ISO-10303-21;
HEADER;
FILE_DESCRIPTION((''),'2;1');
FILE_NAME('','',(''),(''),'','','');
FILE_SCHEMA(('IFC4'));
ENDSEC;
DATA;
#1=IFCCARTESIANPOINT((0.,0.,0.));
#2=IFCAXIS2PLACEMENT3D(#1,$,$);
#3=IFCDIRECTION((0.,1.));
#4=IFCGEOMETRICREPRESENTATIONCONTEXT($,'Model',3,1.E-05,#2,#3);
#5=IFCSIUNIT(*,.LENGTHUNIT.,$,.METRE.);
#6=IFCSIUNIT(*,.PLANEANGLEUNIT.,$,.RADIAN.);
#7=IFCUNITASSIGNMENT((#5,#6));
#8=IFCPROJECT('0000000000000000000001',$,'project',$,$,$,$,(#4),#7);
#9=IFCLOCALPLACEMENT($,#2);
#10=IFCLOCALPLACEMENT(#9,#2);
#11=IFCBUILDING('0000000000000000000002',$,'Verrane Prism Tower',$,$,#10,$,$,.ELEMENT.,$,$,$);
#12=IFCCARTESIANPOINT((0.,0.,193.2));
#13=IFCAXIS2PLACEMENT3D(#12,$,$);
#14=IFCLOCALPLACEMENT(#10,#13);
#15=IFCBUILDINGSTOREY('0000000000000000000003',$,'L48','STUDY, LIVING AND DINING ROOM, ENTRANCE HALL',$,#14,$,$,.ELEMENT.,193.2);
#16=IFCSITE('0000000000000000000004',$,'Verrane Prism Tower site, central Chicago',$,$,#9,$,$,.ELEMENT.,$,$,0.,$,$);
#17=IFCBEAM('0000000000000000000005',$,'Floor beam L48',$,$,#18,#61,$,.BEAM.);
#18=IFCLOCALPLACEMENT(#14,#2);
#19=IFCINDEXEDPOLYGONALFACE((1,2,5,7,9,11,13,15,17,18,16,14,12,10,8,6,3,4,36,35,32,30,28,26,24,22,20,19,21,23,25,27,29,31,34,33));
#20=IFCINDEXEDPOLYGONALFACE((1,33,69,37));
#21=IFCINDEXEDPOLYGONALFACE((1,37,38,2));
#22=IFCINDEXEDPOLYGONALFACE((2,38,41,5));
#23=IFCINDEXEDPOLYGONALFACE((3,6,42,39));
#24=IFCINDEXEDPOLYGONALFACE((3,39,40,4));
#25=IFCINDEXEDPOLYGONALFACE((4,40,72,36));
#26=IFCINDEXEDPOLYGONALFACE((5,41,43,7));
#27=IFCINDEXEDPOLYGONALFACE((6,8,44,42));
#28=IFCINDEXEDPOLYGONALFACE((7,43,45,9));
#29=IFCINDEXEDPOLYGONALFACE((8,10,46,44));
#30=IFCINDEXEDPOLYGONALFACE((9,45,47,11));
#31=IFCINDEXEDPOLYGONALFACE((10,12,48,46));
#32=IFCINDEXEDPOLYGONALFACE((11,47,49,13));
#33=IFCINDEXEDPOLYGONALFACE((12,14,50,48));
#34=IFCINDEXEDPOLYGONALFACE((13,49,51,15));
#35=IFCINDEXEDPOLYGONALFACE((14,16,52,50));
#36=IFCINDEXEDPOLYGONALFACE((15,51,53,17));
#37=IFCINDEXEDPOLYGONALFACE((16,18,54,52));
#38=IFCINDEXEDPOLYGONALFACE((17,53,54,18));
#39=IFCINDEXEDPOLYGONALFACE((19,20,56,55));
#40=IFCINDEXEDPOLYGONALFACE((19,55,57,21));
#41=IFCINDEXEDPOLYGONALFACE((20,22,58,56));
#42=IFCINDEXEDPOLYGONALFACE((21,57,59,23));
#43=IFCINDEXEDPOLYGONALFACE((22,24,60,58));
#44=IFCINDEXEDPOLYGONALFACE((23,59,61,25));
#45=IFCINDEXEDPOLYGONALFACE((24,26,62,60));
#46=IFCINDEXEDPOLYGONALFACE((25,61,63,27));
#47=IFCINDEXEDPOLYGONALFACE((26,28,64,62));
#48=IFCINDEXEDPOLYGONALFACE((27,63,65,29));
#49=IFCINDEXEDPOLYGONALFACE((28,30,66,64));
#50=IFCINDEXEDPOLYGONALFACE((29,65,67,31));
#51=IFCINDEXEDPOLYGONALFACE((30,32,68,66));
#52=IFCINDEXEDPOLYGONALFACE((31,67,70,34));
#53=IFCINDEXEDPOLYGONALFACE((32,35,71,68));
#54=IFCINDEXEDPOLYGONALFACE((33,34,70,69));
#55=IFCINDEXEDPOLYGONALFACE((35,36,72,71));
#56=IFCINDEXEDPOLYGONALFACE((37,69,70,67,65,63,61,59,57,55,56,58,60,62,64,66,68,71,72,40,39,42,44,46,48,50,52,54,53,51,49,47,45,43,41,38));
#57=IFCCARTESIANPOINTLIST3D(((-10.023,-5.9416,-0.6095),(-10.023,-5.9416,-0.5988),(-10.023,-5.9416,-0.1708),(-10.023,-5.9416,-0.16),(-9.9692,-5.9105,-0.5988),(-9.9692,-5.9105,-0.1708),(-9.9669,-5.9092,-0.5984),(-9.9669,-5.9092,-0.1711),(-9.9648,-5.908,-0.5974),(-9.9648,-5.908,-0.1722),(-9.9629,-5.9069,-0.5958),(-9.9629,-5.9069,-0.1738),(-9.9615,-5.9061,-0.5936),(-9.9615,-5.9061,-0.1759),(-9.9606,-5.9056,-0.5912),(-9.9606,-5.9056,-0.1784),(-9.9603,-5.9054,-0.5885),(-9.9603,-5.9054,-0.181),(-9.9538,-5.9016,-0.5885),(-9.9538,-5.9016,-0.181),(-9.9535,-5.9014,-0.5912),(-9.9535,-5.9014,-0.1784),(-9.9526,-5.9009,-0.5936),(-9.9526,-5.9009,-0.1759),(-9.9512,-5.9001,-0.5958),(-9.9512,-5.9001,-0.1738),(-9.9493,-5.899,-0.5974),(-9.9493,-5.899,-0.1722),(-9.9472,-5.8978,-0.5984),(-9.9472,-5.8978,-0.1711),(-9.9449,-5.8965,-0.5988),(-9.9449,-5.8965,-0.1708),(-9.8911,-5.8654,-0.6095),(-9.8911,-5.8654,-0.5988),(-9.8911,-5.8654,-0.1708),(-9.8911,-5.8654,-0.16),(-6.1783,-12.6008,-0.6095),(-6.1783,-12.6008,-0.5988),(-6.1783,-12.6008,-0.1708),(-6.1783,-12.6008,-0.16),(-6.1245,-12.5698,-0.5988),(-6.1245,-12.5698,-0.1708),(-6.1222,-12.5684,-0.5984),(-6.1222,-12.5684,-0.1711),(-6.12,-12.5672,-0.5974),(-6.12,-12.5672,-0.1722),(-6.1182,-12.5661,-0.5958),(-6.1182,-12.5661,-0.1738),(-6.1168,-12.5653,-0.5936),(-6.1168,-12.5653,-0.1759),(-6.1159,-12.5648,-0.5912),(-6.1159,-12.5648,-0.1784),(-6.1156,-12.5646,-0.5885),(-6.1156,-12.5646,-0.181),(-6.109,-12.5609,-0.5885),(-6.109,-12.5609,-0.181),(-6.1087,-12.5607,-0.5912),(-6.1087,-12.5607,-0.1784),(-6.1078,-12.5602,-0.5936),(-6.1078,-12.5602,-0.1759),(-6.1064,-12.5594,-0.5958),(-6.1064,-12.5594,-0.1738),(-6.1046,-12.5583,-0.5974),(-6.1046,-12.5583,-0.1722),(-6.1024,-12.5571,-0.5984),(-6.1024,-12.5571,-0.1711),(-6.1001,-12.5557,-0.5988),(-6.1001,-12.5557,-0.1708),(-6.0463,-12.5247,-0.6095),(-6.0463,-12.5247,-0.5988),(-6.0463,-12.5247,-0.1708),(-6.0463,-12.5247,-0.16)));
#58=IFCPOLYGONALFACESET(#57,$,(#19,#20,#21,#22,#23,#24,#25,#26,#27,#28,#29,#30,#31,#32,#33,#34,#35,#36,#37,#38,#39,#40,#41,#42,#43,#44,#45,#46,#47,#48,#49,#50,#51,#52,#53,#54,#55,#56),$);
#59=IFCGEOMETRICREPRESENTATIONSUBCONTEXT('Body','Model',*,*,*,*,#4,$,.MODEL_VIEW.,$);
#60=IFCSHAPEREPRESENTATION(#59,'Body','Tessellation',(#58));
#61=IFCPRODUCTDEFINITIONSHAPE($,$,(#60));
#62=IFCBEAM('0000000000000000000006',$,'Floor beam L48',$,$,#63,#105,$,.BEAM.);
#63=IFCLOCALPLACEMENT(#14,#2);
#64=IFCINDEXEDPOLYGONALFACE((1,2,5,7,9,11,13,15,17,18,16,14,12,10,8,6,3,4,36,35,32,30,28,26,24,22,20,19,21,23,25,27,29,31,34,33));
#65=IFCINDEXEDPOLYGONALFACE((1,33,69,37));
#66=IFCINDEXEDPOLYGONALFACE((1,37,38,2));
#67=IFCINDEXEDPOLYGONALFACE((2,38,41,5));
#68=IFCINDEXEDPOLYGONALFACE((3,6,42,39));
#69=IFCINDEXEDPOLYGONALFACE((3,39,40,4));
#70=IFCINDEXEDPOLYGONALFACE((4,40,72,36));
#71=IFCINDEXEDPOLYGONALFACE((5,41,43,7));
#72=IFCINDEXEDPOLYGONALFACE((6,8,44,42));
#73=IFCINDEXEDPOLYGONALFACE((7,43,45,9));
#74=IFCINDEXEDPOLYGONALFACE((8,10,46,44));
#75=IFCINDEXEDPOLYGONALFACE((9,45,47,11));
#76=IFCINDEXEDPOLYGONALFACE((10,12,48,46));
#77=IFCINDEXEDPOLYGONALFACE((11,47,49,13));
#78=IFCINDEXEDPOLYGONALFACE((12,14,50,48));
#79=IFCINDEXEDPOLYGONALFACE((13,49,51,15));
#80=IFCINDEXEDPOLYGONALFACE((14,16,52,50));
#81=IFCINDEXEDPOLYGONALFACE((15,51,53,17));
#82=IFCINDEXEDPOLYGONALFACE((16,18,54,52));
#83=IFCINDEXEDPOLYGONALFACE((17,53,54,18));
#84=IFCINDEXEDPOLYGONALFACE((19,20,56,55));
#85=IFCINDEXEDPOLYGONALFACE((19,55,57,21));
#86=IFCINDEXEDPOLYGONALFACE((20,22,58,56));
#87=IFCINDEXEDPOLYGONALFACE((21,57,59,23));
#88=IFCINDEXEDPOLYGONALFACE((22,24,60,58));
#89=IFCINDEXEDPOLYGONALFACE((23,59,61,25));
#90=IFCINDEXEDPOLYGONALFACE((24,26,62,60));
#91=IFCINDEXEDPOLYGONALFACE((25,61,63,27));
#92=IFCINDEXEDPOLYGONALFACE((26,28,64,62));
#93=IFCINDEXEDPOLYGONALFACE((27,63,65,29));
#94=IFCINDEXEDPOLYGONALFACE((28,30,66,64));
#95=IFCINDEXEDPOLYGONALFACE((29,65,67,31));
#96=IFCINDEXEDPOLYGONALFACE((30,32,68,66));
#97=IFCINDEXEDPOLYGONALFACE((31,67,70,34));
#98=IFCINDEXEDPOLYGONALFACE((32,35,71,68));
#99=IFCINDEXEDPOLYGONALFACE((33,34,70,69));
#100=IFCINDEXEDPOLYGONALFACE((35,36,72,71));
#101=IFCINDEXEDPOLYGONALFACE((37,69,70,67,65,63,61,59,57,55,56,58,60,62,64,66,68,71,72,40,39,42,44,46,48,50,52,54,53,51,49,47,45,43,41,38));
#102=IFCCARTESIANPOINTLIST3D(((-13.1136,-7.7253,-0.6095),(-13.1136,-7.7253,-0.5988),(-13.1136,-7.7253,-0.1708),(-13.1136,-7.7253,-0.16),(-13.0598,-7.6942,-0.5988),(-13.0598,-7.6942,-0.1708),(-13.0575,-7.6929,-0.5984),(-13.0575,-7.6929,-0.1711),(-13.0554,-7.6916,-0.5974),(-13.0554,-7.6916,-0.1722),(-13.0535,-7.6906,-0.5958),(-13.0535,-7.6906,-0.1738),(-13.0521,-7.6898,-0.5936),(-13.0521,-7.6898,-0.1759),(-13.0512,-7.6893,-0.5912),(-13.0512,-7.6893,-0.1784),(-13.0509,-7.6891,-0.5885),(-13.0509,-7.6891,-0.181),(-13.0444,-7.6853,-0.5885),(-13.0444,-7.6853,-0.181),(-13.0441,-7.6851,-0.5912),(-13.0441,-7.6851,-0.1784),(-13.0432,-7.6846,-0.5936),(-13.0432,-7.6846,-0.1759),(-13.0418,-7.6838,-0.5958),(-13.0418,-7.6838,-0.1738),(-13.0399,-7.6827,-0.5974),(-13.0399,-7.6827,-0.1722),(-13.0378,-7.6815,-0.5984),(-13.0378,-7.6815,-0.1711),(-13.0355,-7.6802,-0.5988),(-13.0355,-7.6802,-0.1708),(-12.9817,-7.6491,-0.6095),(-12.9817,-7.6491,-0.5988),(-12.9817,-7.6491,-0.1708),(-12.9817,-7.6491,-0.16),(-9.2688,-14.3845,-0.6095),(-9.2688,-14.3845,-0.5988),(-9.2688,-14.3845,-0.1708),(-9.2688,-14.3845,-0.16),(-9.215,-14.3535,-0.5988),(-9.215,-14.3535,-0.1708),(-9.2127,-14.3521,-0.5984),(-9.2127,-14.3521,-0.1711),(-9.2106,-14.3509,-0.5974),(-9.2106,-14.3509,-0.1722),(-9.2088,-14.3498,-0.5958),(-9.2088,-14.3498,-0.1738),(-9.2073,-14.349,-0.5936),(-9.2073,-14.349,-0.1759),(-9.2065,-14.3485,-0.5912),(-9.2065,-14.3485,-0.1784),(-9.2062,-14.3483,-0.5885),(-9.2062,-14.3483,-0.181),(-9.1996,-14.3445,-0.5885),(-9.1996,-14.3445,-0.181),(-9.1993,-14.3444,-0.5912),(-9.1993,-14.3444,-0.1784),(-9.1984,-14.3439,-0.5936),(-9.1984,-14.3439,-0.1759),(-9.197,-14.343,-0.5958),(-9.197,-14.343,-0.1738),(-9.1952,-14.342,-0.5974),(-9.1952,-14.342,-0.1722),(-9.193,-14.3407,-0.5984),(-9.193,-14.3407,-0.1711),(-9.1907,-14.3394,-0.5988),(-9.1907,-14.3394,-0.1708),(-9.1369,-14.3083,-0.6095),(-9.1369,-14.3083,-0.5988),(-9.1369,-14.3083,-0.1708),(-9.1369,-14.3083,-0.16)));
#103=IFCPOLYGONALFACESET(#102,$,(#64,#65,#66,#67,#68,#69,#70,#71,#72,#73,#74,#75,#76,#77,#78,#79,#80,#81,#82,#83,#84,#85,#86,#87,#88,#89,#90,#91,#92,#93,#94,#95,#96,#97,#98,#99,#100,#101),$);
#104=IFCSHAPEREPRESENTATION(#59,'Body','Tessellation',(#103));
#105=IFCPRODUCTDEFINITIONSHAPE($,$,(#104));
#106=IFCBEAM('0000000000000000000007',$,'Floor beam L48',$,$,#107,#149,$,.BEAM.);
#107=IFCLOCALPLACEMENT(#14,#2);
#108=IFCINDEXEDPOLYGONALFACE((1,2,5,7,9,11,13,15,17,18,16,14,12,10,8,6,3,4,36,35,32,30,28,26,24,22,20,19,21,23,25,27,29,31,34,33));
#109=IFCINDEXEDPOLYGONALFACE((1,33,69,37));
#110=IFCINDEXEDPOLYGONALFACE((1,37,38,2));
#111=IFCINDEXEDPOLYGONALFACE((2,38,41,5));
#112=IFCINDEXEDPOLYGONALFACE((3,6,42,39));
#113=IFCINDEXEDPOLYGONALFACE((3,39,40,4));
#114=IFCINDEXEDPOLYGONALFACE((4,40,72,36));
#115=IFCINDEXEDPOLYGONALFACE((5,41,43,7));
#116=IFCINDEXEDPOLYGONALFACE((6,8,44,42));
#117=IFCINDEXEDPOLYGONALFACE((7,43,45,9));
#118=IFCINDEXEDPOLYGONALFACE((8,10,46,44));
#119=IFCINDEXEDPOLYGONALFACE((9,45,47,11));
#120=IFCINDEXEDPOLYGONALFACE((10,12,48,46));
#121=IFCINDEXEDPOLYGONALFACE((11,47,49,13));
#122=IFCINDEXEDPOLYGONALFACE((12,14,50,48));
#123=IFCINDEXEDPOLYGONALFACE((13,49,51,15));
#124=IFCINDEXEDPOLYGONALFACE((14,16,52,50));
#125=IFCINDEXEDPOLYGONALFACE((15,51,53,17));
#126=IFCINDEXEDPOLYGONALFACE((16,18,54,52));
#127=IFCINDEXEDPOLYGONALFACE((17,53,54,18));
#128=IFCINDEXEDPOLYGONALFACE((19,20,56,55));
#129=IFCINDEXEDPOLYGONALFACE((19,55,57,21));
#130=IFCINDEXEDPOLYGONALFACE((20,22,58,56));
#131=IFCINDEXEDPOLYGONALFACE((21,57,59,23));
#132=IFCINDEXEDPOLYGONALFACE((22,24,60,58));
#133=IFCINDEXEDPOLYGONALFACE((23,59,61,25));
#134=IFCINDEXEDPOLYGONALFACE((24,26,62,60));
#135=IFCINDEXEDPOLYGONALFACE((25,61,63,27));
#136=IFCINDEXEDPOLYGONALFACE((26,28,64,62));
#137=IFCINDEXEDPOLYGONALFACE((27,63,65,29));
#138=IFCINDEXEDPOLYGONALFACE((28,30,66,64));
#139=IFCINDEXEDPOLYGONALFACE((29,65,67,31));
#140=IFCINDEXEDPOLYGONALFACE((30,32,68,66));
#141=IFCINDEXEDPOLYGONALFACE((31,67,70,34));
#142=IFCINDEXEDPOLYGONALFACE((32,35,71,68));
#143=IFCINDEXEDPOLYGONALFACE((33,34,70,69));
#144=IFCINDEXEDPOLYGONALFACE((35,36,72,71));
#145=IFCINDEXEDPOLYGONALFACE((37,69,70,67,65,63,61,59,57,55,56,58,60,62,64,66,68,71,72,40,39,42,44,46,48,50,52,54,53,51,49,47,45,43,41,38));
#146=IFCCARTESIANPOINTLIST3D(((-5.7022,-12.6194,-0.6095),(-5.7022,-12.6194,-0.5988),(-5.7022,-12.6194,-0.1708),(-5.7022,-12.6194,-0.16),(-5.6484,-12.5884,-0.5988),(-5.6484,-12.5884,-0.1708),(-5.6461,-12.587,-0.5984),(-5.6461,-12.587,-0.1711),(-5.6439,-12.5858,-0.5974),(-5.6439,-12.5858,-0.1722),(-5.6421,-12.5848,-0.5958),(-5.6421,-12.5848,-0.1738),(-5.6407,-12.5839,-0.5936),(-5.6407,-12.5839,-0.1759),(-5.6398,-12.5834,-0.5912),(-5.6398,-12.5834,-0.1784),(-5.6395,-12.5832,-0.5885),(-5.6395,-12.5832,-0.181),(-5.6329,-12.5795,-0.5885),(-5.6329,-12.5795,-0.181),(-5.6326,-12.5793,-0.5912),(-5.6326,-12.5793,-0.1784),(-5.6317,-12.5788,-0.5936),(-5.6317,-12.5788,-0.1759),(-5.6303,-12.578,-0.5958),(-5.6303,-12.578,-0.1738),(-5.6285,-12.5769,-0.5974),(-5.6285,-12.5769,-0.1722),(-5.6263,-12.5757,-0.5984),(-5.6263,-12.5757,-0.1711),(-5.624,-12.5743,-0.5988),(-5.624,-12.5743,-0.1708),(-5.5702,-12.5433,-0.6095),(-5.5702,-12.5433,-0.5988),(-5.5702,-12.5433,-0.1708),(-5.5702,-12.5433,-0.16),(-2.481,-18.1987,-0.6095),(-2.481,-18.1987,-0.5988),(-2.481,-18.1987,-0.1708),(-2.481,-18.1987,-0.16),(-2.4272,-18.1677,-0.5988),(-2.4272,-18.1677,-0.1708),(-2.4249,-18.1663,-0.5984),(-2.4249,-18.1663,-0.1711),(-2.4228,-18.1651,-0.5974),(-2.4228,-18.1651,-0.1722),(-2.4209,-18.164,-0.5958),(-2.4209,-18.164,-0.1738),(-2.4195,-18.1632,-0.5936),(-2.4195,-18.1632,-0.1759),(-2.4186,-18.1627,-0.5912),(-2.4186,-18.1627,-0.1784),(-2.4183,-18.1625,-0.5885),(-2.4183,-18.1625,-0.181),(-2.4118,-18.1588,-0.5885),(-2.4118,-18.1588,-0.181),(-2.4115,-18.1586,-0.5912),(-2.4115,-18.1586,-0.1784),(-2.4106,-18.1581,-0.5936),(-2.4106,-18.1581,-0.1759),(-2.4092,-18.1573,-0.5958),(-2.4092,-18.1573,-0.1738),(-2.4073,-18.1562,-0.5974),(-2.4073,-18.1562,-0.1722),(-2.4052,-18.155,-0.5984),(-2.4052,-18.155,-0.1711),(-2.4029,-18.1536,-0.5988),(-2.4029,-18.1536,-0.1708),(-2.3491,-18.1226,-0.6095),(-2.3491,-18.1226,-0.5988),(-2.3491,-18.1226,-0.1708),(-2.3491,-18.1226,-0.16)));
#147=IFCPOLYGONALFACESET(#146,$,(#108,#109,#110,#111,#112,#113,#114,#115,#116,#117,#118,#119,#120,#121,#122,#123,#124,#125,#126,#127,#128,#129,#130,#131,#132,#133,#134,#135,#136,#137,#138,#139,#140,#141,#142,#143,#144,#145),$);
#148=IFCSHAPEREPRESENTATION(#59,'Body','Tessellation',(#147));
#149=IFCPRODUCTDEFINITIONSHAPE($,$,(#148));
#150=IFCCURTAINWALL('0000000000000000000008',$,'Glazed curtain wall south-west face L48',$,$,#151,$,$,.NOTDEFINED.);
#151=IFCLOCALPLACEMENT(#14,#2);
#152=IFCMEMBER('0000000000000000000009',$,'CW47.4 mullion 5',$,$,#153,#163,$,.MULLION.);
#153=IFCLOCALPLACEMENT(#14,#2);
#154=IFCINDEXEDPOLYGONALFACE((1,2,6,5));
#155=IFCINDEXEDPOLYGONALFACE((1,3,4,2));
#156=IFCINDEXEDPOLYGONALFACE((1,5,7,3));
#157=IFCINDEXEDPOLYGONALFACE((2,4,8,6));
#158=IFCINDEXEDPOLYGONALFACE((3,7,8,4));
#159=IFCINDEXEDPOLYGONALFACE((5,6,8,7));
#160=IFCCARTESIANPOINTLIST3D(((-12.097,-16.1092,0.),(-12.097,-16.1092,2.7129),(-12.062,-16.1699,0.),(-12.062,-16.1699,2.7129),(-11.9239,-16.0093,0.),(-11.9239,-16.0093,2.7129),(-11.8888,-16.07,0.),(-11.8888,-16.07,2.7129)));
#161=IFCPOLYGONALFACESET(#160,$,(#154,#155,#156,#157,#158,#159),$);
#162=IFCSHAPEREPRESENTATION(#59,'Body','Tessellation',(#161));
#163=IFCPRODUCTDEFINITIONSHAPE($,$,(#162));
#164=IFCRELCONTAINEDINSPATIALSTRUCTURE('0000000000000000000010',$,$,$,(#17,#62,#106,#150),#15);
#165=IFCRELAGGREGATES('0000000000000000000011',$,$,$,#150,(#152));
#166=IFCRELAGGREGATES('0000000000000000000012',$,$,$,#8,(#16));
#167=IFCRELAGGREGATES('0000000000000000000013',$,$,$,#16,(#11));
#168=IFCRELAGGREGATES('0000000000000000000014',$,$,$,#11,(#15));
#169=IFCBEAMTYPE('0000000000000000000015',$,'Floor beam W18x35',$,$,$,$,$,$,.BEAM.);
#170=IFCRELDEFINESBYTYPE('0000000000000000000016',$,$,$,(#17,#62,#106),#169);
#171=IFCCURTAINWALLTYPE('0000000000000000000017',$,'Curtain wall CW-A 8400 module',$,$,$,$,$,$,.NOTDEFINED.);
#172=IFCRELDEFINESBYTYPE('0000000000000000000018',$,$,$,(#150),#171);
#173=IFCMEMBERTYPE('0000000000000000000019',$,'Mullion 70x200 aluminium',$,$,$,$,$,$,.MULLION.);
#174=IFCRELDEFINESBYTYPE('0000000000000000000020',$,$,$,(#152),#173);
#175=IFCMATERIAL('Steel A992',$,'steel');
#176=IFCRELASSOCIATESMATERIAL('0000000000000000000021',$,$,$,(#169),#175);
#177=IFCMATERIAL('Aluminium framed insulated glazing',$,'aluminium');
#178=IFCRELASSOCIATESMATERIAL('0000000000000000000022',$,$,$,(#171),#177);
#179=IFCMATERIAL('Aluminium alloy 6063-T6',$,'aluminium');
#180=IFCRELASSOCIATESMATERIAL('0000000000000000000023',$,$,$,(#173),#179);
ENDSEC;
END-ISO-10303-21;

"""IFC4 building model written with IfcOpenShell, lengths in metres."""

from ifc_helpers import new_model, si_unit, direction, frame, origin, origin_2d, place, context, subcontext, project, spatial, rectangle, i_section, extrude, material, material_profile, profile_set, type_object, element, aggregate, save


model = new_model("IFC4")

# Units and contexts
model_context = context("Model", 3, precision=1e-05, world=origin(), true_north=direction((0.0, 1.0)))
body_context = subcontext(model_context, "Body", "Model", "MODEL_VIEW")
ifc_project = project(units=[si_unit("LENGTHUNIT", "METRE"), si_unit("PLANEANGLEUNIT", "RADIAN")], contexts=[model_context])

# Site, building, storey
site_placement = place(None, origin())
site = spatial("IfcSite", under=ifc_project, at=site_placement, Name="Verrane Prism Tower site, central Chicago", CompositionType="ELEMENT", RefElevation=0.0)
building_placement = place(site_placement, origin())
building = spatial("IfcBuilding", under=site, at=building_placement, Name="Verrane Prism Tower", CompositionType="ELEMENT")
storey_placement = place(building_placement, frame((0.0, 0.0, 193.2)))
storey = spatial("IfcBuildingStorey", under=building, at=storey_placement, Name="L48", Description="STUDY, LIVING AND DINING ROOM, ENTRANCE HALL", CompositionType="ELEMENT", Elevation=193.2)

# Beams
ifc_material_1 = material(Name="Steel A992", Category="steel")
ifc_material_profile_1 = material_profile(ifc_material_1, i_section(OverallWidth=0.1523, OverallDepth=0.4495, WebThickness=0.0076, FlangeThickness=0.0107, FilletRadius=0.0103, at=origin_2d()), Name="W18x35")
ifc_profile_set_1 = profile_set([ifc_material_profile_1], Name="Steel A992")
beam_type_1 = type_object("IfcBeamType", Name="Floor beam W18x35", PredefinedType="BEAM", material=ifc_profile_set_1)
for number, where, z_axis, x_axis, name in (
    (1, (-6.1123, -12.5627, -0.3848), (-0.500005, 0.866023, 0.0), (-0.866023, -0.500005, 0.0), "Floor beam L48"),
    (2, (-9.2029, -14.3464, -0.3848), (-0.500005, 0.866023, 0.0), (-0.866023, -0.500005, 0.0), "Floor beam L48"),
):
    element("IfcBeam", number, at=place(storey_placement, frame(where, z_axis=z_axis, x_axis=x_axis)), inside=storey, type_object=beam_type_1, Name=name, PredefinedType="BEAM", context=body_context, shape_type="SweptSolid", body=[
        extrude(i_section(OverallWidth=0.1523, OverallDepth=0.4495, WebThickness=0.0076, FlangeThickness=0.0107, FilletRadius=0.0103, at=origin_2d()), origin(), (0.0, 0.0, 1.0), 7.6895),
    ])
beam_1_placement = place(storey_placement, frame((-2.415, -18.1606, -0.3848), z_axis=(-0.499995, 0.866028, 0.0), x_axis=(-0.866028, -0.499995, 0.0)))
element("IfcBeam", 3, at=beam_1_placement, inside=storey, type_object=beam_type_1, Name="Floor beam L48", PredefinedType="BEAM", context=body_context, shape_type="SweptSolid", body=[
    extrude(i_section(OverallWidth=0.1523, OverallDepth=0.4495, WebThickness=0.0076, FlangeThickness=0.0107, FilletRadius=0.0103, at=origin_2d()), origin(), (0.0, 0.0, 1.0), 6.4424),
])

# Curtain wall, member
ifc_material_2 = material(Name="Aluminium framed insulated glazing", Category="aluminium")
curtain_wall_type = type_object("IfcCurtainWallType", Name="Curtain wall CW-A 8400 module", PredefinedType="NOTDEFINED", material=ifc_material_2)
curtain_wall_placement = place(storey_placement, origin())
curtain_wall = element("IfcCurtainWall", 4, at=curtain_wall_placement, inside=storey, type_object=curtain_wall_type, Name="Glazed curtain wall south-west face L48", PredefinedType="NOTDEFINED")
ifc_material_3 = material(Name="Aluminium alloy 6063-T6", Category="aluminium")
ifc_material_profile_2 = material_profile(ifc_material_3, rectangle(XDim=0.2, YDim=0.0701, at=origin_2d()), Name="Mullion 70x200 aluminium")
ifc_profile_set_2 = profile_set([ifc_material_profile_2], Name="Aluminium alloy 6063-T6")
member_type_1 = type_object("IfcMemberType", Name="Mullion 70x200 aluminium", PredefinedType="MULLION", material=ifc_profile_set_2)
member_1_placement = place(storey_placement, frame((-11.9929, -16.0896, 0.0), z_axis=(0.0, 0.0, 1.0), x_axis=(0.866026, 0.5, 0.0)))
member_1 = element("IfcMember", 5, at=member_1_placement, type_object=member_type_1, Name="CW47.4 mullion 5", PredefinedType="MULLION", context=body_context, shape_type="SweptSolid", body=[
    extrude(rectangle(XDim=0.2, YDim=0.0701, at=origin_2d()), origin(), (0.0, 0.0, 1.0), 2.7129),
])

aggregate(curtain_wall, [member_1])

save(model, "model.ifc")
